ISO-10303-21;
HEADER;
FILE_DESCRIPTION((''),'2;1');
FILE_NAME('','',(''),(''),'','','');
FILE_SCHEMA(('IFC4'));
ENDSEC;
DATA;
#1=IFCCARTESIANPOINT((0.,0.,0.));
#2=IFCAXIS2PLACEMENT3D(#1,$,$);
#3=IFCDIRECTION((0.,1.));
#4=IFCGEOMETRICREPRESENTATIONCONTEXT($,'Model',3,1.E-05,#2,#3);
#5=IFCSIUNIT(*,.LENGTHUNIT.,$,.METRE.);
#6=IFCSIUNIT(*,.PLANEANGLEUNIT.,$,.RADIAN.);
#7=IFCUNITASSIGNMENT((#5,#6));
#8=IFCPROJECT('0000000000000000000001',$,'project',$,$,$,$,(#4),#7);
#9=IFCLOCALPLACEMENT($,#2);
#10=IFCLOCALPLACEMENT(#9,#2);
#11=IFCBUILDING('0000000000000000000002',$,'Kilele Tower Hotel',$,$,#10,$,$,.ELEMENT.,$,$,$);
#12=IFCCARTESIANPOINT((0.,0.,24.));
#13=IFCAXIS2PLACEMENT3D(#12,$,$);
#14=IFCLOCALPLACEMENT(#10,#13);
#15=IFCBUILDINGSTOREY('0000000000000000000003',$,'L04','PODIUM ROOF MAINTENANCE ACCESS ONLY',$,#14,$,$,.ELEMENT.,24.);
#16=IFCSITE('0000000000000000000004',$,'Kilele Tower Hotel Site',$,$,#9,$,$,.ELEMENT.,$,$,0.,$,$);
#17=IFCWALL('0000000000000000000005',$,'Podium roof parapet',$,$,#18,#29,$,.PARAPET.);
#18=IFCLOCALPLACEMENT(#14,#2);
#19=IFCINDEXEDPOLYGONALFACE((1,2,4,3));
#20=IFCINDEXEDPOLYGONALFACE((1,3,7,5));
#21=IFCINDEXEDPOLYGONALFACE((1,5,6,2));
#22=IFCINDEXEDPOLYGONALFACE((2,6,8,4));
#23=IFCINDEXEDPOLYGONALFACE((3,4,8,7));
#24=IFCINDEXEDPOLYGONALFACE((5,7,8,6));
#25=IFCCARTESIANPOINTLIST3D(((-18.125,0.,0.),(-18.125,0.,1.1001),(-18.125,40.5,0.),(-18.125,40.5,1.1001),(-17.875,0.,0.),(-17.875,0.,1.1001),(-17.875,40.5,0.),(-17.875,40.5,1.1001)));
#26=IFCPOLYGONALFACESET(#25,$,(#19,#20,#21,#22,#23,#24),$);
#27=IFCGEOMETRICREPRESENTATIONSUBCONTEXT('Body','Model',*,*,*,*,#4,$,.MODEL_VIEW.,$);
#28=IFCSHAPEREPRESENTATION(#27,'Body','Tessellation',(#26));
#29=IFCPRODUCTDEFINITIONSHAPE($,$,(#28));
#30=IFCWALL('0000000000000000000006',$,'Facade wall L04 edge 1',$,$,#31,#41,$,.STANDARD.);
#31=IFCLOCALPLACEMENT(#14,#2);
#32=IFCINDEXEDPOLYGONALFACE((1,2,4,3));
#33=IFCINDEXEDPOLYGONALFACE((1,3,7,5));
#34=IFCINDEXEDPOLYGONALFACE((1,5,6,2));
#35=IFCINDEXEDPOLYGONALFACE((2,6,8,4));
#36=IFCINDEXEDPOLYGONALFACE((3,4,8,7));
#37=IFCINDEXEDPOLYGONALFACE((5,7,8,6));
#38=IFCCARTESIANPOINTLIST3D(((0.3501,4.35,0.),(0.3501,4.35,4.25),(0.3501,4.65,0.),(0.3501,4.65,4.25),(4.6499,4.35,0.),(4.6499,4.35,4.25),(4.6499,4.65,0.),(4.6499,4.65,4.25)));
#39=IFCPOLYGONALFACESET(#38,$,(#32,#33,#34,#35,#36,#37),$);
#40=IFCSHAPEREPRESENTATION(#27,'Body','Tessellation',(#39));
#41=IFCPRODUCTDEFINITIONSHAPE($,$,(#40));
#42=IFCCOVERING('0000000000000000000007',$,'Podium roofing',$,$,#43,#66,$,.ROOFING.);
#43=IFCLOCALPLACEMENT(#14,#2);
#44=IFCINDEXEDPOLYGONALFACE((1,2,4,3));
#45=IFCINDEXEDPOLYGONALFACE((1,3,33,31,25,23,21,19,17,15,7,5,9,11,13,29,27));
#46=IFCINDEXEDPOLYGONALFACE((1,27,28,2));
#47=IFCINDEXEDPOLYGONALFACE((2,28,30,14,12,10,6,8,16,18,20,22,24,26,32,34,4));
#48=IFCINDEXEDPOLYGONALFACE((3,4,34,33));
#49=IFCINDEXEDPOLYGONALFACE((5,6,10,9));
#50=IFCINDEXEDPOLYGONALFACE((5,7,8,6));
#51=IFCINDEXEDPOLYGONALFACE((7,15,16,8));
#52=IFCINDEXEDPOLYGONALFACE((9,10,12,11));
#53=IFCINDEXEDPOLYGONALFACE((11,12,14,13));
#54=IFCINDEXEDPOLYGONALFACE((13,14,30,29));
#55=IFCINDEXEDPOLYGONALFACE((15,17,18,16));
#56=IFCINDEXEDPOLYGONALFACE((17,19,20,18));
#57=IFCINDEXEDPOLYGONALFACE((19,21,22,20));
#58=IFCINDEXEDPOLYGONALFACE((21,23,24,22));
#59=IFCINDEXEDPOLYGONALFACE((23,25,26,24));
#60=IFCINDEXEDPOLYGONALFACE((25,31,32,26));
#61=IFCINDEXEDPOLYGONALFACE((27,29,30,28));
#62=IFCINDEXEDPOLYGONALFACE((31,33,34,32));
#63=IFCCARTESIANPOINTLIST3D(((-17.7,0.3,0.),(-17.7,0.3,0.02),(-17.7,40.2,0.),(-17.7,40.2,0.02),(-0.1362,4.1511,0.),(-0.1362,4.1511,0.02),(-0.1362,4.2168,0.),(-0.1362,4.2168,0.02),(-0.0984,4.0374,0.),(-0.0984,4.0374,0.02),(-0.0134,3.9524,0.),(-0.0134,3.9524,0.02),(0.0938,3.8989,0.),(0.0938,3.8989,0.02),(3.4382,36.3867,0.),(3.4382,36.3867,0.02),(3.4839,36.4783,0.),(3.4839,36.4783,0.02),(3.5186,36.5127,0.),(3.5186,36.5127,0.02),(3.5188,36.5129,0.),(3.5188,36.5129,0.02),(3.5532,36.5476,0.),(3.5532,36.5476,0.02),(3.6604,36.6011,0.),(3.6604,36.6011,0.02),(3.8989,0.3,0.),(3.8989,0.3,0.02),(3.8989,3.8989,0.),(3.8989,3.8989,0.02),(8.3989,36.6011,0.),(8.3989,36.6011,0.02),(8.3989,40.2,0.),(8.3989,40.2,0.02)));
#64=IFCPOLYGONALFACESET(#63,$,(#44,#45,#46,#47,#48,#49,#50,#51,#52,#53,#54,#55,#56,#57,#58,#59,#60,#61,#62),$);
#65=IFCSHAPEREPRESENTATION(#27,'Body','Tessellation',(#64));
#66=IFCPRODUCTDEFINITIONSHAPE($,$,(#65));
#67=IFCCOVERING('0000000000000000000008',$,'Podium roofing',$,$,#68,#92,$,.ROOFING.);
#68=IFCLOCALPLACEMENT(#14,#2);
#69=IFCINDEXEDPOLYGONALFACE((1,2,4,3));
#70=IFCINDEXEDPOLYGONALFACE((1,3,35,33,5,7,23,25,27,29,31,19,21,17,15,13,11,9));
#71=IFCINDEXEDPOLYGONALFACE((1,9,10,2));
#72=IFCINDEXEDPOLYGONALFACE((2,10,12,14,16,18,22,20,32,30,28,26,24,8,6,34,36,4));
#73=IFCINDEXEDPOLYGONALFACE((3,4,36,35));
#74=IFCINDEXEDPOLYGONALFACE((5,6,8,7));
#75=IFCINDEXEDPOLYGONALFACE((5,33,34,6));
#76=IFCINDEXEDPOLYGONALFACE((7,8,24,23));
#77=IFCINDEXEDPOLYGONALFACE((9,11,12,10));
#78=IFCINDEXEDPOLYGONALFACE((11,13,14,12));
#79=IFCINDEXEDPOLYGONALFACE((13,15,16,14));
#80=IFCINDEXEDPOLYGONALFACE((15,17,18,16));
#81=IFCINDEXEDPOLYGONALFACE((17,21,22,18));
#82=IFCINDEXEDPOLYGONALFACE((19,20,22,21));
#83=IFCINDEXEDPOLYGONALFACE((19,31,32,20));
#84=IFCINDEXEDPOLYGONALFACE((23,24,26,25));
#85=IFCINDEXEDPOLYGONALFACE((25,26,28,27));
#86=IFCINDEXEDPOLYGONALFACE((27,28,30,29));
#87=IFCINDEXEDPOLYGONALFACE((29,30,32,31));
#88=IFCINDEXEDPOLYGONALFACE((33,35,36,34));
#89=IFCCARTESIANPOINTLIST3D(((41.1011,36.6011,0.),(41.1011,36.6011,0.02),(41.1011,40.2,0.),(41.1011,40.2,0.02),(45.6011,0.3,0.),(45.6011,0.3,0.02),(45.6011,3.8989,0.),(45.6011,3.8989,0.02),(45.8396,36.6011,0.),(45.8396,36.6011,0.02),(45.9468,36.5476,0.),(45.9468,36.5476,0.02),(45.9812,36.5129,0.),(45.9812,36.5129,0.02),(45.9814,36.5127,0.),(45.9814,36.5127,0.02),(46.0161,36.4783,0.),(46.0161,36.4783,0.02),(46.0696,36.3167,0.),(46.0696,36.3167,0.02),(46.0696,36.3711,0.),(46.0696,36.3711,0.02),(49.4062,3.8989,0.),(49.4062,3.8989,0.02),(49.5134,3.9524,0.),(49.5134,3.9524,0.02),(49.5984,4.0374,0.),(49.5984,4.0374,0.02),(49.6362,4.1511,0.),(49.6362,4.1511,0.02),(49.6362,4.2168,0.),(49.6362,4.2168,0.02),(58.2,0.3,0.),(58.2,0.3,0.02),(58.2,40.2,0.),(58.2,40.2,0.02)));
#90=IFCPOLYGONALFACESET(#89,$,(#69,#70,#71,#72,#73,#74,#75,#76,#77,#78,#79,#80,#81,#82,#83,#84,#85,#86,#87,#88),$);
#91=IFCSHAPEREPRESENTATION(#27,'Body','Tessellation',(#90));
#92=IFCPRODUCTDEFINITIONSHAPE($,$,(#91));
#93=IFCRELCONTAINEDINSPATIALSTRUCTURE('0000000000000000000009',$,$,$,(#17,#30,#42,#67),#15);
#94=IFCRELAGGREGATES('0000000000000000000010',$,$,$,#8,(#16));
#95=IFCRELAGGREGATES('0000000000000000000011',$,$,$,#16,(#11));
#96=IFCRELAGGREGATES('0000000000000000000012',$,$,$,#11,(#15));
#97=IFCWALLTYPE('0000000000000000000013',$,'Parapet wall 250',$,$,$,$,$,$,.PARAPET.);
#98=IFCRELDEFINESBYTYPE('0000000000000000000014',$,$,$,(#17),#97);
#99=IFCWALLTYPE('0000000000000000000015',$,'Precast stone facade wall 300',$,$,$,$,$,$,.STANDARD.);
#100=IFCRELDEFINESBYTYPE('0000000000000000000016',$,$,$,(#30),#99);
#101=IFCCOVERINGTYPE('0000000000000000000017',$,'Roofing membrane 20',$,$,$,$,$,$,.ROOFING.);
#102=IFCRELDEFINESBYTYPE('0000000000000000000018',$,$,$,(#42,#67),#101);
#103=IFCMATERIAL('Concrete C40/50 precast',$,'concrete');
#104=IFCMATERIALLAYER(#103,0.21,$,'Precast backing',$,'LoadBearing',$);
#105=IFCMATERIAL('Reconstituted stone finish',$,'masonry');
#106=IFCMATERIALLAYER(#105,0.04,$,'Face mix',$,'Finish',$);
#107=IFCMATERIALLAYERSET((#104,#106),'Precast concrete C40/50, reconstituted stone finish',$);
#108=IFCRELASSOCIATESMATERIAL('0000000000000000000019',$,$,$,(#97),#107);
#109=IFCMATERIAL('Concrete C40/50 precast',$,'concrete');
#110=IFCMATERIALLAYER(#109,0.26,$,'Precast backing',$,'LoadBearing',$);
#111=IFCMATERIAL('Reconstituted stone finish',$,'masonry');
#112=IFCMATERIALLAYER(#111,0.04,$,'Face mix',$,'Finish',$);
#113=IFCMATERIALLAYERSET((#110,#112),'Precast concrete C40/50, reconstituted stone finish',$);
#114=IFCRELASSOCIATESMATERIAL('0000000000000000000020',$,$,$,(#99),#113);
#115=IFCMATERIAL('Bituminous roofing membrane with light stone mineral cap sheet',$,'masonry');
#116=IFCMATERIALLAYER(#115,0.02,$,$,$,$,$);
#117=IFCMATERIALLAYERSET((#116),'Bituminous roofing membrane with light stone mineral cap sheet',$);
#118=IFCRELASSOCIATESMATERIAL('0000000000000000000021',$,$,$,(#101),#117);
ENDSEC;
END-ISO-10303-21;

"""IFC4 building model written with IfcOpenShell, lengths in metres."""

from ifc_helpers import new_model, si_unit, direction, frame, frame_2d, origin, place, context, subcontext, project, spatial, polyline, rectangle, outline, extrude, material, layer, layer_set, type_object, element, save


model = new_model("IFC4")

# Units and contexts
model_context = context("Model", 3, precision=1e-05, world=origin(), true_north=direction((0.0, 1.0)))
body_context = subcontext(model_context, "Body", "Model", "MODEL_VIEW")
ifc_project = project(units=[si_unit("LENGTHUNIT", "METRE"), si_unit("PLANEANGLEUNIT", "RADIAN")], contexts=[model_context])

# Site, building, storey
site_placement = place(None, origin())
site = spatial("IfcSite", under=ifc_project, at=site_placement, Name="Kilele Tower Hotel Site", CompositionType="ELEMENT", RefElevation=0.0)
building_placement = place(site_placement, origin())
building = spatial("IfcBuilding", under=site, at=building_placement, Name="Kilele Tower Hotel", CompositionType="ELEMENT")
storey_placement = place(building_placement, frame((0.0, 0.0, 24.0)))
storey = spatial("IfcBuildingStorey", under=building, at=storey_placement, Name="L04", Description="PODIUM ROOF MAINTENANCE ACCESS ONLY", CompositionType="ELEMENT", Elevation=24.0)

# Walls
ifc_material_1 = material(Name="Concrete C40/50 precast", Category="concrete")
ifc_layer_1 = layer(ifc_material_1, 0.21, Name="Precast backing", Category="LoadBearing")
ifc_material_2 = material(Name="Reconstituted stone finish", Category="masonry")
ifc_layer_2 = layer(ifc_material_2, 0.04, Name="Face mix", Category="Finish")
ifc_layer_set_1 = layer_set([ifc_layer_1, ifc_layer_2], Name="Precast concrete C40/50, reconstituted stone finish")
wall_type_1 = type_object("IfcWallType", Name="Parapet wall 250", PredefinedType="PARAPET", material=ifc_layer_set_1)
wall_1_placement = place(storey_placement, frame((-18.0, 0.0, 0.0), z_axis=(0.0, 0.0, 1.0), x_axis=(0.0, 1.0, 0.0)))
element("IfcWall", 1, at=wall_1_placement, inside=storey, type_object=wall_type_1, Name="Podium roof parapet", PredefinedType="PARAPET", context=body_context, shape_type="SweptSolid", body=[
    extrude(rectangle(XDim=40.5, YDim=0.25, at=frame_2d((20.25, 0.0))), origin(), (0.0, 0.0, 1.0), 1.1001),
])
ifc_material_3 = material(Name="Concrete C40/50 precast", Category="concrete")
ifc_layer_3 = layer(ifc_material_3, 0.26, Name="Precast backing", Category="LoadBearing")
ifc_material_4 = material(Name="Reconstituted stone finish", Category="masonry")
ifc_layer_4 = layer(ifc_material_4, 0.04, Name="Face mix", Category="Finish")
ifc_layer_set_2 = layer_set([ifc_layer_3, ifc_layer_4], Name="Precast concrete C40/50, reconstituted stone finish")
wall_type_2 = type_object("IfcWallType", Name="Precast stone facade wall 300", PredefinedType="STANDARD", material=ifc_layer_set_2)
wall_2_placement = place(storey_placement, frame((0.3501, 4.5, 0.0), z_axis=(0.0, 0.0, 1.0), x_axis=(1.0, 0.0, 0.0)))
element("IfcWall", 2, at=wall_2_placement, inside=storey, type_object=wall_type_2, Name="Facade wall L04 edge 1", PredefinedType="STANDARD", context=body_context, shape_type="SweptSolid", body=[
    extrude(rectangle(XDim=4.2998, YDim=0.3, at=frame_2d((2.1499, 0.0))), origin(), (0.0, 0.0, 1.0), 4.25),
])

# Coverings
ifc_material_5 = material(Name="Bituminous roofing membrane with light stone mineral cap sheet", Category="masonry")
ifc_layer_5 = layer(ifc_material_5, 0.02)
ifc_layer_set_3 = layer_set([ifc_layer_5], Name="Bituminous roofing membrane with light stone mineral cap sheet")
covering_type = type_object("IfcCoveringType", Name="Roofing membrane 20", PredefinedType="ROOFING", material=ifc_layer_set_3)
covering_1_placement = place(storey_placement, origin())
element("IfcCovering", 3, at=covering_1_placement, inside=storey, type_object=covering_type, Name="Podium roofing", PredefinedType="ROOFING", context=body_context, shape_type="SweptSolid", body=[
    extrude(outline(polyline([(-17.7, 0.3), (-17.7, 40.2), (8.3989, 40.2), (8.3989, 36.6011), (3.6604, 36.6011), (3.5532, 36.5476), (3.5188, 36.5129), (3.5186, 36.5127), (3.4839, 36.4783), (3.4382, 36.3867), (-0.1362, 4.2168), (-0.1362, 4.1511), (-0.0984, 4.0374), (-0.0134, 3.9524), (0.0938, 3.8989), (3.8989, 3.8989), (3.8989, 0.3), (-17.7, 0.3)])), origin(), (0.0, 0.0, 1.0), 0.02),
])
covering_2_placement = place(storey_placement, origin())
element("IfcCovering", 4, at=covering_2_placement, inside=storey, type_object=covering_type, Name="Podium roofing", PredefinedType="ROOFING", context=body_context, shape_type="SweptSolid", body=[
    extrude(outline(polyline([(46.0696, 36.3167), (46.0696, 36.3711), (46.0161, 36.4783), (45.9814, 36.5127), (45.9812, 36.5129), (45.9468, 36.5476), (45.8396, 36.6011), (41.1011, 36.6011), (41.1011, 40.2), (58.2, 40.2), (58.2, 0.3), (45.6011, 0.3), (45.6011, 3.8989), (49.4062, 3.8989), (49.5134, 3.9524), (49.5984, 4.0374), (49.6362, 4.1511), (49.6362, 4.2168), (46.0696, 36.3167)])), origin(), (0.0, 0.0, 1.0), 0.02),
])

save(model, "model.ifc")
